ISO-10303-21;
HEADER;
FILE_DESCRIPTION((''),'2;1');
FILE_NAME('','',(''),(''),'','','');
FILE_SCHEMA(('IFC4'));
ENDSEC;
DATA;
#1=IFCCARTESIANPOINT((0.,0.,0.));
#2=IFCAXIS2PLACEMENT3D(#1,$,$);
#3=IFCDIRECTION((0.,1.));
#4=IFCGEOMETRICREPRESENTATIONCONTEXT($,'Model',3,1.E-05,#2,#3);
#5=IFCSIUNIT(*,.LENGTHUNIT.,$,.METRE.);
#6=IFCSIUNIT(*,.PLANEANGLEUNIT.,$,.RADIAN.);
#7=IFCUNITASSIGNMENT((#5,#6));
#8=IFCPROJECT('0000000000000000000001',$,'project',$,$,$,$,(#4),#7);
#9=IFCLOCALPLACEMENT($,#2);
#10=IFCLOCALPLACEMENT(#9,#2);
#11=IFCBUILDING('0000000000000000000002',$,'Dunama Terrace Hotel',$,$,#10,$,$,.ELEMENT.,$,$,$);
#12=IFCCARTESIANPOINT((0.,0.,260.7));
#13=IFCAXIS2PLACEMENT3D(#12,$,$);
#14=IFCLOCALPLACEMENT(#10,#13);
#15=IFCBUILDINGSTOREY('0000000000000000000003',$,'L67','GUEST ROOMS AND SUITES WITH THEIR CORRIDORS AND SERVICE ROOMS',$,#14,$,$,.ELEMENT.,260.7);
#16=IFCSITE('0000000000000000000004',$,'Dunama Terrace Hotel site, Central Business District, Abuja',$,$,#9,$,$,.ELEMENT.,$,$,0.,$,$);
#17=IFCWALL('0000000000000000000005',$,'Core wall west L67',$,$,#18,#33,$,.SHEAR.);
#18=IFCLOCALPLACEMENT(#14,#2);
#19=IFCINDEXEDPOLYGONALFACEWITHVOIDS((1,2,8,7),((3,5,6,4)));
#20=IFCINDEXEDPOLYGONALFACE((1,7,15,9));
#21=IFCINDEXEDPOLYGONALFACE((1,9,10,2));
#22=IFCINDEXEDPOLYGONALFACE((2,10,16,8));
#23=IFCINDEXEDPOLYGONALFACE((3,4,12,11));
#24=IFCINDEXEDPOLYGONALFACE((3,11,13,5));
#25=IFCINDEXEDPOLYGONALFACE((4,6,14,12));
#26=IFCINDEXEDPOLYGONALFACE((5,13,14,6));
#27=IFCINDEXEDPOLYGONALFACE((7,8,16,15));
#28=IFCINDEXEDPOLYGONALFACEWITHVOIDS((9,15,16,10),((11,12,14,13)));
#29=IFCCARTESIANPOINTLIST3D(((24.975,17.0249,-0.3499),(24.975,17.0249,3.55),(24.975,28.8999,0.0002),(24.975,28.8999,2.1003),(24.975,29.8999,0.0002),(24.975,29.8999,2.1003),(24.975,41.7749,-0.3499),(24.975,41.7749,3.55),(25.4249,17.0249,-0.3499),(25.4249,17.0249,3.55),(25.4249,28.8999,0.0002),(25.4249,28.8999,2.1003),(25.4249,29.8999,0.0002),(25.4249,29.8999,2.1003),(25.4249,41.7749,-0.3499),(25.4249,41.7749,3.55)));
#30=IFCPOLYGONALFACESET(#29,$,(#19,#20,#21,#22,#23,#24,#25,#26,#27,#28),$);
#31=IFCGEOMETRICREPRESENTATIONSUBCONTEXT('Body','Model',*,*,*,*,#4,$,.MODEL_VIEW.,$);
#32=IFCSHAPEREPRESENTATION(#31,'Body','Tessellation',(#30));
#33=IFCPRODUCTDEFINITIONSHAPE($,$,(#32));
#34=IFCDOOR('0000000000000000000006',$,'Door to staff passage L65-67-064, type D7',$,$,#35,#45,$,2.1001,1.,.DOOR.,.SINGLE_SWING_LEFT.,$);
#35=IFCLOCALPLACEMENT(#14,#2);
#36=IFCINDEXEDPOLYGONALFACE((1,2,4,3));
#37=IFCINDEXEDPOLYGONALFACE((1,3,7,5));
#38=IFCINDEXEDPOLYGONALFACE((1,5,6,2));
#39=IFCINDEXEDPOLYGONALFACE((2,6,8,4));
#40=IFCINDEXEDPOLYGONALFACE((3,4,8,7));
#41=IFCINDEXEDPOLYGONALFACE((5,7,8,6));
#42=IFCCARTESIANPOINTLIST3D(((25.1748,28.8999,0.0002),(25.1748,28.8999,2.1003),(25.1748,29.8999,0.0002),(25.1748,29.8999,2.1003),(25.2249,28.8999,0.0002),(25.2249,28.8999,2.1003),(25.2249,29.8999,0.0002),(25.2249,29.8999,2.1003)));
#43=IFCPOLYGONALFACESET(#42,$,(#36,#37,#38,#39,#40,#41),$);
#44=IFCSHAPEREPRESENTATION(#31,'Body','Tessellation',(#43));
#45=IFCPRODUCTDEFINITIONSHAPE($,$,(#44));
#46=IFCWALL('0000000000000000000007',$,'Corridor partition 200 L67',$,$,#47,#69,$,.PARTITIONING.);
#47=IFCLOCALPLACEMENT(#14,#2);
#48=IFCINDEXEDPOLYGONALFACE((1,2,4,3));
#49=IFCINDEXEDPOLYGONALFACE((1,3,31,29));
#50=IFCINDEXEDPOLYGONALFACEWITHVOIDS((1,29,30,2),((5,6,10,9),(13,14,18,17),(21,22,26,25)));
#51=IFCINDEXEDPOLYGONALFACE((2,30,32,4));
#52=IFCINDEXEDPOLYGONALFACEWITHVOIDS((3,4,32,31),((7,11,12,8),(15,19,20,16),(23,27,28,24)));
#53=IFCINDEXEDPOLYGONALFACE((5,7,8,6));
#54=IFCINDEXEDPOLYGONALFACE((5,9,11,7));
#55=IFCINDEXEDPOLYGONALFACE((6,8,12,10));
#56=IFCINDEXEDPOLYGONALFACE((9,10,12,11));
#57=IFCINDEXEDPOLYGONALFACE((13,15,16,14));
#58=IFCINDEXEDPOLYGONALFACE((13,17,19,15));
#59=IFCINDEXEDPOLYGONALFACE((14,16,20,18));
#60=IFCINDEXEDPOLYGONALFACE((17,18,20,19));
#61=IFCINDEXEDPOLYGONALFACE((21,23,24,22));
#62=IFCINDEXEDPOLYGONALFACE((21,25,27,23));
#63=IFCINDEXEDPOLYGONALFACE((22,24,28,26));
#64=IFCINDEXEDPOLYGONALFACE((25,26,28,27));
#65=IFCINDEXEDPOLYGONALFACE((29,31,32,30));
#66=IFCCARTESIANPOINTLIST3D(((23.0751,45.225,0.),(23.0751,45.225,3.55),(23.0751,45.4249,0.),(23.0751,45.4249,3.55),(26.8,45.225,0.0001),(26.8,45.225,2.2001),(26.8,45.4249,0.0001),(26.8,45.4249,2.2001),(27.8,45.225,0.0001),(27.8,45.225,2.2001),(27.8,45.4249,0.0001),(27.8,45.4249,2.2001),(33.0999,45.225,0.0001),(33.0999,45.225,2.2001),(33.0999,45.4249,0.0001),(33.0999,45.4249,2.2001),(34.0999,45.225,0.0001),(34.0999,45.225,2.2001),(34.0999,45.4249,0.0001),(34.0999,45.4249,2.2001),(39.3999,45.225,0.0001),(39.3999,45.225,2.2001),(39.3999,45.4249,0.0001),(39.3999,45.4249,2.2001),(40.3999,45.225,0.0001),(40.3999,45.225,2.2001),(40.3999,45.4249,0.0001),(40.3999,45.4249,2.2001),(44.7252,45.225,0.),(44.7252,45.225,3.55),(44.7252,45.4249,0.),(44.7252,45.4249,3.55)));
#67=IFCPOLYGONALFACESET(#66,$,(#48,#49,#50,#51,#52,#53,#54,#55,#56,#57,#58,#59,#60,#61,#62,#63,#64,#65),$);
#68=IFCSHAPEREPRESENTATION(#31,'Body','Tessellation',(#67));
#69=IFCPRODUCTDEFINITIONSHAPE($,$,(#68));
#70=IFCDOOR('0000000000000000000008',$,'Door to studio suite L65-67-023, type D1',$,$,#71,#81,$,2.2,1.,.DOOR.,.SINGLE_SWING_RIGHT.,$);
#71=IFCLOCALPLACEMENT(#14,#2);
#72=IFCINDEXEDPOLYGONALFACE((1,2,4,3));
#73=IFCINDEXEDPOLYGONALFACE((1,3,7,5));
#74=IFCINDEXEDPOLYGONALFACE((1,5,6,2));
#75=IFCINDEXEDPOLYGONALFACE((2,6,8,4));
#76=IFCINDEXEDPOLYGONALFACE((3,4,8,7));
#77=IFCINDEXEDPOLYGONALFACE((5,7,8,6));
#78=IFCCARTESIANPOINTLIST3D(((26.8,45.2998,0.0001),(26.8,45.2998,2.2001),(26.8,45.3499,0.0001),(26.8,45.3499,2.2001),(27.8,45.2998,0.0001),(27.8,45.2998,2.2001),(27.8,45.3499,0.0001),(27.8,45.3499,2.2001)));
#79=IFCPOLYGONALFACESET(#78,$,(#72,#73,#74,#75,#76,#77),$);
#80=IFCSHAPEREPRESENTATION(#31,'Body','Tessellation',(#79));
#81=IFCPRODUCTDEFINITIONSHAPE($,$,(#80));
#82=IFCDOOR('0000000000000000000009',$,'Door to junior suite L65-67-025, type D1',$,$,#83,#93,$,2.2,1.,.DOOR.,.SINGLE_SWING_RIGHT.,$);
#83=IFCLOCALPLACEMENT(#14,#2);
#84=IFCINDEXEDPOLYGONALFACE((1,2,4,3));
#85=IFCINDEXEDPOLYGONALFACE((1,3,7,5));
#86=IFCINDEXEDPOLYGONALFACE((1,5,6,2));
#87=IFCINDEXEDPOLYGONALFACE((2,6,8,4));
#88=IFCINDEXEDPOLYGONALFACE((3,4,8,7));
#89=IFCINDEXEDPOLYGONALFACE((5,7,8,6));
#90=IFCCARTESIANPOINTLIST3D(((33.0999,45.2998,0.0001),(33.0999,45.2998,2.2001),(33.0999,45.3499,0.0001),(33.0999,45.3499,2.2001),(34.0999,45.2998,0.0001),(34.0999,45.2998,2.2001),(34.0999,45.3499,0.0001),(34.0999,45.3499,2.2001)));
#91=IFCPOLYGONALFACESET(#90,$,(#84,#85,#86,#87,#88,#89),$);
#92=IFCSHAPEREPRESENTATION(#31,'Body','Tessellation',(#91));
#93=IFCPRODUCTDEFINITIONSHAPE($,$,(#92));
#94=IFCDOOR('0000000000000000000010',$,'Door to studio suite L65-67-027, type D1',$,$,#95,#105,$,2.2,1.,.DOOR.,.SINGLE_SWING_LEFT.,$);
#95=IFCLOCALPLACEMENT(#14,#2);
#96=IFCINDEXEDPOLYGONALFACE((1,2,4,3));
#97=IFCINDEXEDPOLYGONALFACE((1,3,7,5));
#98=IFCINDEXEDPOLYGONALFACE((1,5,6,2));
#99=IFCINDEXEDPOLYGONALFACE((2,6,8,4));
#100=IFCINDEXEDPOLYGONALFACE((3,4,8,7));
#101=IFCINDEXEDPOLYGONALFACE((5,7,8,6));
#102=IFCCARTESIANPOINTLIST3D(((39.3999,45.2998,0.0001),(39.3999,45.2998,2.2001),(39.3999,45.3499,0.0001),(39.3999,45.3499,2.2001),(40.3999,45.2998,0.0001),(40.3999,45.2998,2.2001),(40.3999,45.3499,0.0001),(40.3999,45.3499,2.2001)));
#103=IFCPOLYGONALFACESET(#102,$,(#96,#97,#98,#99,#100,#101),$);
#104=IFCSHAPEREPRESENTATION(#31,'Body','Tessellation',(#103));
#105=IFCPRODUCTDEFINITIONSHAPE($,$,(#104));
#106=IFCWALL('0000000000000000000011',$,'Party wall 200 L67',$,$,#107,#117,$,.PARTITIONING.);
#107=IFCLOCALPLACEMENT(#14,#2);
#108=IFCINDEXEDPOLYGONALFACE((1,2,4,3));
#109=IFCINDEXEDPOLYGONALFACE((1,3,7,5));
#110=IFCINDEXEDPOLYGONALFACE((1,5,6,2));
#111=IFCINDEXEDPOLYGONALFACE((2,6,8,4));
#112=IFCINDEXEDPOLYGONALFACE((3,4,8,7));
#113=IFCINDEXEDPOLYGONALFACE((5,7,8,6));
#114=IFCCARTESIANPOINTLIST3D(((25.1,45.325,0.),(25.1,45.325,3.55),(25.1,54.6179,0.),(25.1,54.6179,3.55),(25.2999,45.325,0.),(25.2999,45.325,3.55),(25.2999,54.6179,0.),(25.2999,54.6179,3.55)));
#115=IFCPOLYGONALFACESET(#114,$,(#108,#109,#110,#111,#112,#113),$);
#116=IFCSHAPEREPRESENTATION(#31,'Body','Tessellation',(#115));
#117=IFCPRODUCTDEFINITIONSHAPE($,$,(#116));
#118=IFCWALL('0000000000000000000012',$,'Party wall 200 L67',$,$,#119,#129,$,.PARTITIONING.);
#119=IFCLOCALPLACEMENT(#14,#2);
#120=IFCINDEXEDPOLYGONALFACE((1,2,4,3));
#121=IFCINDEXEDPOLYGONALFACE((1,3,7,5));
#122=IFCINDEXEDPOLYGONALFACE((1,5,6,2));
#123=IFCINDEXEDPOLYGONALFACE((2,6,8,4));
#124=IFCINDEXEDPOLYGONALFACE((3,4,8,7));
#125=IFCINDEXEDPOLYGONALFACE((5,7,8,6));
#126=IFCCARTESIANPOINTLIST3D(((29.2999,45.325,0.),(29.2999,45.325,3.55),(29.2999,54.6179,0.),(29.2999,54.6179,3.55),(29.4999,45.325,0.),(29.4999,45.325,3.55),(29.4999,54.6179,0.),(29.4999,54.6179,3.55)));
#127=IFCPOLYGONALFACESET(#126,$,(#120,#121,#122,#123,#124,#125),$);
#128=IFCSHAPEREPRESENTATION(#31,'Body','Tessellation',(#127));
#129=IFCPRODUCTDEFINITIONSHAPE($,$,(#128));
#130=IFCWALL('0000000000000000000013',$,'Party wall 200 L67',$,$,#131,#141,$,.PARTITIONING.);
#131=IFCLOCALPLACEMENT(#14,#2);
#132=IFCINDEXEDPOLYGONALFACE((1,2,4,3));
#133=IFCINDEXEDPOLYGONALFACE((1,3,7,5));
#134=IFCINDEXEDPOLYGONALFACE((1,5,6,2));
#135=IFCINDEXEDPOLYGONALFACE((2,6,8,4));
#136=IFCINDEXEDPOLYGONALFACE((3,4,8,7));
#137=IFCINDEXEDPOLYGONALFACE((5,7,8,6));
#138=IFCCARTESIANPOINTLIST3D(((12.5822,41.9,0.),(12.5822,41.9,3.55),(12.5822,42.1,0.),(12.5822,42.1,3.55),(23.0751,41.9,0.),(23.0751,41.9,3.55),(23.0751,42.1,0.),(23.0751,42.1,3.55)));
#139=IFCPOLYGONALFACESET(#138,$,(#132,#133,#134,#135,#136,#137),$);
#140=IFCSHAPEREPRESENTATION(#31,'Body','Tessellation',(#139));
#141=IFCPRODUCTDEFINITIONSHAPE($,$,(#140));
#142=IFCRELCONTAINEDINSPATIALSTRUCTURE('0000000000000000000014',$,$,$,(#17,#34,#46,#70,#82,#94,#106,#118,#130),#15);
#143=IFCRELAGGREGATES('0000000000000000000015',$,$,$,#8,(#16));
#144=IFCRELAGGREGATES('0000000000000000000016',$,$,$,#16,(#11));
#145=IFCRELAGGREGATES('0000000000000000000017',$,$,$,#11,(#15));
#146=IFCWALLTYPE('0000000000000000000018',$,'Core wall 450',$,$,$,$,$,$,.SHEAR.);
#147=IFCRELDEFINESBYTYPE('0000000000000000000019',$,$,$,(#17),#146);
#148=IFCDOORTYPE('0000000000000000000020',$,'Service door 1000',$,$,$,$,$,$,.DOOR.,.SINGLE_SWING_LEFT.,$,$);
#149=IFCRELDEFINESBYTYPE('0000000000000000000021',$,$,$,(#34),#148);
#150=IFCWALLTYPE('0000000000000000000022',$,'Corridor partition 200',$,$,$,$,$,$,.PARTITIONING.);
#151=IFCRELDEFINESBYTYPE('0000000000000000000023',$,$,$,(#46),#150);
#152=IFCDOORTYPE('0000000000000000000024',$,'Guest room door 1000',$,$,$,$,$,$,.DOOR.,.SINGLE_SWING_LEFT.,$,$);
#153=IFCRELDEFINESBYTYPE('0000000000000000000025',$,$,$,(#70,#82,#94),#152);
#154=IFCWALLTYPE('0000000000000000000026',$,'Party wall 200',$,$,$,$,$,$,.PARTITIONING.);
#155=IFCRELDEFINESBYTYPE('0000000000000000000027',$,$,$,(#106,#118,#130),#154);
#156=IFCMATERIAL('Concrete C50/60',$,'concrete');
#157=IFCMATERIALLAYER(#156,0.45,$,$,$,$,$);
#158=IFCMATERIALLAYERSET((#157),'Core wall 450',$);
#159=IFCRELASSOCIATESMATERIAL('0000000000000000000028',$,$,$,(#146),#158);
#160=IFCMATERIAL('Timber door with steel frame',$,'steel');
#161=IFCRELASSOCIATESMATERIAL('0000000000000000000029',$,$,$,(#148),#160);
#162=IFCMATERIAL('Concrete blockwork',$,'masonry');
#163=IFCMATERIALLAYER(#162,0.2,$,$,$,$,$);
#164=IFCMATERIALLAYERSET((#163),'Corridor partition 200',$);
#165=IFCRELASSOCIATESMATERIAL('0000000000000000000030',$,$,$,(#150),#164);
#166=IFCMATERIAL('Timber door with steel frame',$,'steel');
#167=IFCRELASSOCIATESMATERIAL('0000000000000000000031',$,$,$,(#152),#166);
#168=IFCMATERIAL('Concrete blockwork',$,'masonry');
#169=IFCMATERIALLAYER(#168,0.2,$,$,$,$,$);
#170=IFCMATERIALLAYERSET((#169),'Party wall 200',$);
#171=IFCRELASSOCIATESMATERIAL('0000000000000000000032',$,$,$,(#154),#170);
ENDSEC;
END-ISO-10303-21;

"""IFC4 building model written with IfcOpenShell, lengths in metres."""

from ifc_helpers import new_model, si_unit, direction, frame, frame_2d, origin, place, context, subcontext, project, spatial, rectangle, extrude, material, layer, layer_set, type_object, element, fill, save


model = new_model("IFC4")

# Units and contexts
model_context = context("Model", 3, precision=1e-05, world=origin(), true_north=direction((0.0, 1.0)))
body_context = subcontext(model_context, "Body", "Model", "MODEL_VIEW")
ifc_project = project(units=[si_unit("LENGTHUNIT", "METRE"), si_unit("PLANEANGLEUNIT", "RADIAN")], contexts=[model_context])

# Site, building, storey
site_placement = place(None, origin())
site = spatial("IfcSite", under=ifc_project, at=site_placement, Name="Dunama Terrace Hotel site, Central Business District, Abuja", CompositionType="ELEMENT", RefElevation=0.0)
building_placement = place(site_placement, origin())
building = spatial("IfcBuilding", under=site, at=building_placement, Name="Dunama Terrace Hotel", CompositionType="ELEMENT")
storey_placement = place(building_placement, frame((0.0, 0.0, 260.7)))
storey = spatial("IfcBuildingStorey", under=building, at=storey_placement, Name="L67", Description="GUEST ROOMS AND SUITES WITH THEIR CORRIDORS AND SERVICE ROOMS", CompositionType="ELEMENT", Elevation=260.7)

# Wall, opening, door
ifc_material_1 = material(Name="Concrete C50/60", Category="concrete")
ifc_layer_1 = layer(ifc_material_1, 0.45)
ifc_layer_set_1 = layer_set([ifc_layer_1], Name="Core wall 450")
wall_type_1 = type_object("IfcWallType", Name="Core wall 450", PredefinedType="SHEAR", material=ifc_layer_set_1)
wall_1_placement = place(storey_placement, frame((25.2, 41.7749, -0.3499), z_axis=(0.0, 0.0, 1.0), x_axis=(0.0, -1.0, 0.0)))
wall_1 = element("IfcWall", 1, at=wall_1_placement, inside=storey, type_object=wall_type_1, Name="Core wall west L67", PredefinedType="SHEAR", context=body_context, shape_type="SweptSolid", body=[
    extrude(rectangle(XDim=24.75, YDim=0.45, at=frame_2d((12.375, 0.0))), origin(), (0.0, 0.0, 1.0), 3.8999),
])
opening_1_placement = place(wall_1_placement, frame((11.875, 0.0, 0.3501)))
opening_1 = element("IfcOpeningElement", 2, at=opening_1_placement, cuts=wall_1, PredefinedType="OPENING", context=body_context, shape_type="SweptSolid", body=[
    extrude(rectangle(XDim=1.0, YDim=2.1001, at=frame_2d((0.5, 1.05))), frame((0.0, 0.2349, 0.0), z_axis=(0.0, -1.0, 0.0), x_axis=(1.0, 0.0, 0.0)), (0.0, 0.0, 1.0), 0.47),
])
ifc_material_2 = material(Name="Timber door with steel frame", Category="steel")
door_type_1 = type_object("IfcDoorType", Name="Service door 1000", OperationType="SINGLE_SWING_LEFT", PredefinedType="DOOR", material=ifc_material_2)
door_1_placement = place(opening_1_placement, origin())
door_1 = element("IfcDoor", 3, at=door_1_placement, inside=storey, type_object=door_type_1, Name="Door to staff passage L65-67-064, type D7", OperationType="SINGLE_SWING_LEFT", OverallHeight=2.1001, OverallWidth=1.0, PredefinedType="DOOR", context=body_context, shape_type="SweptSolid", body=[
    extrude(rectangle(XDim=1.0, YDim=2.1001, at=frame_2d((0.5, 1.05))), frame((0.0, 0.0249, 0.0), z_axis=(0.0, -1.0, 0.0), x_axis=(1.0, 0.0, 0.0)), (0.0, 0.0, 1.0), 0.05),
])
fill(opening_1, door_1)

# Wall, openings, doors
ifc_material_3 = material(Name="Concrete blockwork", Category="masonry")
ifc_layer_2 = layer(ifc_material_3, 0.2)
ifc_layer_set_2 = layer_set([ifc_layer_2], Name="Corridor partition 200")
wall_type_2 = type_object("IfcWallType", Name="Corridor partition 200", PredefinedType="PARTITIONING", material=ifc_layer_set_2)
wall_2_placement = place(storey_placement, frame((23.075, 45.325, 0.0), z_axis=(0.0, 0.0, 1.0), x_axis=(1.0, 0.0, 0.0)))
wall_2 = element("IfcWall", 4, at=wall_2_placement, inside=storey, type_object=wall_type_2, Name="Corridor partition 200 L67", PredefinedType="PARTITIONING", context=body_context, shape_type="SweptSolid", body=[
    extrude(rectangle(XDim=21.6501, YDim=0.2, at=frame_2d((10.8252, 0.0))), origin(), (0.0, 0.0, 1.0), 3.55),
])
opening_2_placement = place(wall_2_placement, frame((3.7251, 0.0, 0.0)))
opening_2 = element("IfcOpeningElement", 5, at=opening_2_placement, cuts=wall_2, PredefinedType="OPENING", context=body_context, shape_type="SweptSolid", body=[
    extrude(rectangle(XDim=1.0, YDim=2.2, at=frame_2d((0.5, 1.1001))), frame((0.0, 0.1099, 0.0), z_axis=(0.0, -1.0, 0.0), x_axis=(1.0, 0.0, 0.0)), (0.0, 0.0, 1.0), 0.22),
])
opening_3_placement = place(wall_2_placement, frame((10.0249, 0.0, 0.0)))
opening_3 = element("IfcOpeningElement", 6, at=opening_3_placement, cuts=wall_2, PredefinedType="OPENING", context=body_context, shape_type="SweptSolid", body=[
    extrude(rectangle(XDim=1.0, YDim=2.2, at=frame_2d((0.5, 1.1001))), frame((0.0, 0.1099, 0.0), z_axis=(0.0, -1.0, 0.0), x_axis=(1.0, 0.0, 0.0)), (0.0, 0.0, 1.0), 0.22),
])
opening_4_placement = place(wall_2_placement, frame((16.325, 0.0, 0.0)))
opening_4 = element("IfcOpeningElement", 7, at=opening_4_placement, cuts=wall_2, PredefinedType="OPENING", context=body_context, shape_type="SweptSolid", body=[
    extrude(rectangle(XDim=1.0, YDim=2.2, at=frame_2d((0.5, 1.1001))), frame((0.0, 0.1099, 0.0), z_axis=(0.0, -1.0, 0.0), x_axis=(1.0, 0.0, 0.0)), (0.0, 0.0, 1.0), 0.22),
])
ifc_material_4 = material(Name="Timber door with steel frame", Category="steel")
door_type_2 = type_object("IfcDoorType", Name="Guest room door 1000", OperationType="SINGLE_SWING_LEFT", PredefinedType="DOOR", material=ifc_material_4)
door_2_placement = place(opening_2_placement, origin())
door_2 = element("IfcDoor", 8, at=door_2_placement, inside=storey, type_object=door_type_2, Name="Door to studio suite L65-67-023, type D1", OperationType="SINGLE_SWING_RIGHT", OverallHeight=2.2, OverallWidth=1.0, PredefinedType="DOOR", context=body_context, shape_type="SweptSolid", body=[
    extrude(rectangle(XDim=1.0, YDim=2.2, at=frame_2d((0.5, 1.1001))), frame((0.0, 0.0249, 0.0), z_axis=(0.0, -1.0, 0.0), x_axis=(1.0, 0.0, 0.0)), (0.0, 0.0, 1.0), 0.05),
])
fill(opening_2, door_2)
door_3_placement = place(opening_3_placement, origin())
door_3 = element("IfcDoor", 9, at=door_3_placement, inside=storey, type_object=door_type_2, Name="Door to junior suite L65-67-025, type D1", OperationType="SINGLE_SWING_RIGHT", OverallHeight=2.2, OverallWidth=1.0, PredefinedType="DOOR", context=body_context, shape_type="SweptSolid", body=[
    extrude(rectangle(XDim=1.0, YDim=2.2, at=frame_2d((0.5, 1.1001))), frame((0.0, 0.0249, 0.0), z_axis=(0.0, -1.0, 0.0), x_axis=(1.0, 0.0, 0.0)), (0.0, 0.0, 1.0), 0.05),
])
fill(opening_3, door_3)
door_4_placement = place(opening_4_placement, origin())
door_4 = element("IfcDoor", 10, at=door_4_placement, inside=storey, type_object=door_type_2, Name="Door to studio suite L65-67-027, type D1", OperationType="SINGLE_SWING_LEFT", OverallHeight=2.2, OverallWidth=1.0, PredefinedType="DOOR", context=body_context, shape_type="SweptSolid", body=[
    extrude(rectangle(XDim=1.0, YDim=2.2, at=frame_2d((0.5, 1.1001))), frame((0.0, 0.0249, 0.0), z_axis=(0.0, -1.0, 0.0), x_axis=(1.0, 0.0, 0.0)), (0.0, 0.0, 1.0), 0.05),
])
fill(opening_4, door_4)

# Walls
ifc_material_5 = material(Name="Concrete blockwork", Category="masonry")
ifc_layer_3 = layer(ifc_material_5, 0.2)
ifc_layer_set_3 = layer_set([ifc_layer_3], Name="Party wall 200")
wall_type_3 = type_object("IfcWallType", Name="Party wall 200", PredefinedType="PARTITIONING", material=ifc_layer_set_3)
for number, where, z_axis, x_axis, name in (
    (11, (25.2, 45.325, 0.0), (0.0, 0.0, 1.0), (0.0, 1.0, 0.0), "Party wall 200 L67"),
    (12, (29.3999, 45.325, 0.0), (0.0, 0.0, 1.0), (0.0, 1.0, 0.0), "Party wall 200 L67"),
):
    element("IfcWall", number, at=place(storey_placement, frame(where, z_axis=z_axis, x_axis=x_axis)), inside=storey, type_object=wall_type_3, Name=name, PredefinedType="PARTITIONING", context=body_context, shape_type="SweptSolid", body=[
        extrude(rectangle(XDim=9.293, YDim=0.2, at=frame_2d((4.6465, 0.0))), origin(), (0.0, 0.0, 1.0), 3.55),
    ])
wall_3_placement = place(storey_placement, frame((12.582, 42.0, 0.0), z_axis=(0.0, 0.0, 1.0), x_axis=(1.0, 0.0, 0.0)))
element("IfcWall", 13, at=wall_3_placement, inside=storey, type_object=wall_type_3, Name="Party wall 200 L67", PredefinedType="PARTITIONING", context=body_context, shape_type="SweptSolid", body=[
    extrude(rectangle(XDim=10.4929, YDim=0.2, at=frame_2d((5.2466, 0.0))), origin(), (0.0, 0.0, 1.0), 3.55),
])

save(model, "model.ifc")
